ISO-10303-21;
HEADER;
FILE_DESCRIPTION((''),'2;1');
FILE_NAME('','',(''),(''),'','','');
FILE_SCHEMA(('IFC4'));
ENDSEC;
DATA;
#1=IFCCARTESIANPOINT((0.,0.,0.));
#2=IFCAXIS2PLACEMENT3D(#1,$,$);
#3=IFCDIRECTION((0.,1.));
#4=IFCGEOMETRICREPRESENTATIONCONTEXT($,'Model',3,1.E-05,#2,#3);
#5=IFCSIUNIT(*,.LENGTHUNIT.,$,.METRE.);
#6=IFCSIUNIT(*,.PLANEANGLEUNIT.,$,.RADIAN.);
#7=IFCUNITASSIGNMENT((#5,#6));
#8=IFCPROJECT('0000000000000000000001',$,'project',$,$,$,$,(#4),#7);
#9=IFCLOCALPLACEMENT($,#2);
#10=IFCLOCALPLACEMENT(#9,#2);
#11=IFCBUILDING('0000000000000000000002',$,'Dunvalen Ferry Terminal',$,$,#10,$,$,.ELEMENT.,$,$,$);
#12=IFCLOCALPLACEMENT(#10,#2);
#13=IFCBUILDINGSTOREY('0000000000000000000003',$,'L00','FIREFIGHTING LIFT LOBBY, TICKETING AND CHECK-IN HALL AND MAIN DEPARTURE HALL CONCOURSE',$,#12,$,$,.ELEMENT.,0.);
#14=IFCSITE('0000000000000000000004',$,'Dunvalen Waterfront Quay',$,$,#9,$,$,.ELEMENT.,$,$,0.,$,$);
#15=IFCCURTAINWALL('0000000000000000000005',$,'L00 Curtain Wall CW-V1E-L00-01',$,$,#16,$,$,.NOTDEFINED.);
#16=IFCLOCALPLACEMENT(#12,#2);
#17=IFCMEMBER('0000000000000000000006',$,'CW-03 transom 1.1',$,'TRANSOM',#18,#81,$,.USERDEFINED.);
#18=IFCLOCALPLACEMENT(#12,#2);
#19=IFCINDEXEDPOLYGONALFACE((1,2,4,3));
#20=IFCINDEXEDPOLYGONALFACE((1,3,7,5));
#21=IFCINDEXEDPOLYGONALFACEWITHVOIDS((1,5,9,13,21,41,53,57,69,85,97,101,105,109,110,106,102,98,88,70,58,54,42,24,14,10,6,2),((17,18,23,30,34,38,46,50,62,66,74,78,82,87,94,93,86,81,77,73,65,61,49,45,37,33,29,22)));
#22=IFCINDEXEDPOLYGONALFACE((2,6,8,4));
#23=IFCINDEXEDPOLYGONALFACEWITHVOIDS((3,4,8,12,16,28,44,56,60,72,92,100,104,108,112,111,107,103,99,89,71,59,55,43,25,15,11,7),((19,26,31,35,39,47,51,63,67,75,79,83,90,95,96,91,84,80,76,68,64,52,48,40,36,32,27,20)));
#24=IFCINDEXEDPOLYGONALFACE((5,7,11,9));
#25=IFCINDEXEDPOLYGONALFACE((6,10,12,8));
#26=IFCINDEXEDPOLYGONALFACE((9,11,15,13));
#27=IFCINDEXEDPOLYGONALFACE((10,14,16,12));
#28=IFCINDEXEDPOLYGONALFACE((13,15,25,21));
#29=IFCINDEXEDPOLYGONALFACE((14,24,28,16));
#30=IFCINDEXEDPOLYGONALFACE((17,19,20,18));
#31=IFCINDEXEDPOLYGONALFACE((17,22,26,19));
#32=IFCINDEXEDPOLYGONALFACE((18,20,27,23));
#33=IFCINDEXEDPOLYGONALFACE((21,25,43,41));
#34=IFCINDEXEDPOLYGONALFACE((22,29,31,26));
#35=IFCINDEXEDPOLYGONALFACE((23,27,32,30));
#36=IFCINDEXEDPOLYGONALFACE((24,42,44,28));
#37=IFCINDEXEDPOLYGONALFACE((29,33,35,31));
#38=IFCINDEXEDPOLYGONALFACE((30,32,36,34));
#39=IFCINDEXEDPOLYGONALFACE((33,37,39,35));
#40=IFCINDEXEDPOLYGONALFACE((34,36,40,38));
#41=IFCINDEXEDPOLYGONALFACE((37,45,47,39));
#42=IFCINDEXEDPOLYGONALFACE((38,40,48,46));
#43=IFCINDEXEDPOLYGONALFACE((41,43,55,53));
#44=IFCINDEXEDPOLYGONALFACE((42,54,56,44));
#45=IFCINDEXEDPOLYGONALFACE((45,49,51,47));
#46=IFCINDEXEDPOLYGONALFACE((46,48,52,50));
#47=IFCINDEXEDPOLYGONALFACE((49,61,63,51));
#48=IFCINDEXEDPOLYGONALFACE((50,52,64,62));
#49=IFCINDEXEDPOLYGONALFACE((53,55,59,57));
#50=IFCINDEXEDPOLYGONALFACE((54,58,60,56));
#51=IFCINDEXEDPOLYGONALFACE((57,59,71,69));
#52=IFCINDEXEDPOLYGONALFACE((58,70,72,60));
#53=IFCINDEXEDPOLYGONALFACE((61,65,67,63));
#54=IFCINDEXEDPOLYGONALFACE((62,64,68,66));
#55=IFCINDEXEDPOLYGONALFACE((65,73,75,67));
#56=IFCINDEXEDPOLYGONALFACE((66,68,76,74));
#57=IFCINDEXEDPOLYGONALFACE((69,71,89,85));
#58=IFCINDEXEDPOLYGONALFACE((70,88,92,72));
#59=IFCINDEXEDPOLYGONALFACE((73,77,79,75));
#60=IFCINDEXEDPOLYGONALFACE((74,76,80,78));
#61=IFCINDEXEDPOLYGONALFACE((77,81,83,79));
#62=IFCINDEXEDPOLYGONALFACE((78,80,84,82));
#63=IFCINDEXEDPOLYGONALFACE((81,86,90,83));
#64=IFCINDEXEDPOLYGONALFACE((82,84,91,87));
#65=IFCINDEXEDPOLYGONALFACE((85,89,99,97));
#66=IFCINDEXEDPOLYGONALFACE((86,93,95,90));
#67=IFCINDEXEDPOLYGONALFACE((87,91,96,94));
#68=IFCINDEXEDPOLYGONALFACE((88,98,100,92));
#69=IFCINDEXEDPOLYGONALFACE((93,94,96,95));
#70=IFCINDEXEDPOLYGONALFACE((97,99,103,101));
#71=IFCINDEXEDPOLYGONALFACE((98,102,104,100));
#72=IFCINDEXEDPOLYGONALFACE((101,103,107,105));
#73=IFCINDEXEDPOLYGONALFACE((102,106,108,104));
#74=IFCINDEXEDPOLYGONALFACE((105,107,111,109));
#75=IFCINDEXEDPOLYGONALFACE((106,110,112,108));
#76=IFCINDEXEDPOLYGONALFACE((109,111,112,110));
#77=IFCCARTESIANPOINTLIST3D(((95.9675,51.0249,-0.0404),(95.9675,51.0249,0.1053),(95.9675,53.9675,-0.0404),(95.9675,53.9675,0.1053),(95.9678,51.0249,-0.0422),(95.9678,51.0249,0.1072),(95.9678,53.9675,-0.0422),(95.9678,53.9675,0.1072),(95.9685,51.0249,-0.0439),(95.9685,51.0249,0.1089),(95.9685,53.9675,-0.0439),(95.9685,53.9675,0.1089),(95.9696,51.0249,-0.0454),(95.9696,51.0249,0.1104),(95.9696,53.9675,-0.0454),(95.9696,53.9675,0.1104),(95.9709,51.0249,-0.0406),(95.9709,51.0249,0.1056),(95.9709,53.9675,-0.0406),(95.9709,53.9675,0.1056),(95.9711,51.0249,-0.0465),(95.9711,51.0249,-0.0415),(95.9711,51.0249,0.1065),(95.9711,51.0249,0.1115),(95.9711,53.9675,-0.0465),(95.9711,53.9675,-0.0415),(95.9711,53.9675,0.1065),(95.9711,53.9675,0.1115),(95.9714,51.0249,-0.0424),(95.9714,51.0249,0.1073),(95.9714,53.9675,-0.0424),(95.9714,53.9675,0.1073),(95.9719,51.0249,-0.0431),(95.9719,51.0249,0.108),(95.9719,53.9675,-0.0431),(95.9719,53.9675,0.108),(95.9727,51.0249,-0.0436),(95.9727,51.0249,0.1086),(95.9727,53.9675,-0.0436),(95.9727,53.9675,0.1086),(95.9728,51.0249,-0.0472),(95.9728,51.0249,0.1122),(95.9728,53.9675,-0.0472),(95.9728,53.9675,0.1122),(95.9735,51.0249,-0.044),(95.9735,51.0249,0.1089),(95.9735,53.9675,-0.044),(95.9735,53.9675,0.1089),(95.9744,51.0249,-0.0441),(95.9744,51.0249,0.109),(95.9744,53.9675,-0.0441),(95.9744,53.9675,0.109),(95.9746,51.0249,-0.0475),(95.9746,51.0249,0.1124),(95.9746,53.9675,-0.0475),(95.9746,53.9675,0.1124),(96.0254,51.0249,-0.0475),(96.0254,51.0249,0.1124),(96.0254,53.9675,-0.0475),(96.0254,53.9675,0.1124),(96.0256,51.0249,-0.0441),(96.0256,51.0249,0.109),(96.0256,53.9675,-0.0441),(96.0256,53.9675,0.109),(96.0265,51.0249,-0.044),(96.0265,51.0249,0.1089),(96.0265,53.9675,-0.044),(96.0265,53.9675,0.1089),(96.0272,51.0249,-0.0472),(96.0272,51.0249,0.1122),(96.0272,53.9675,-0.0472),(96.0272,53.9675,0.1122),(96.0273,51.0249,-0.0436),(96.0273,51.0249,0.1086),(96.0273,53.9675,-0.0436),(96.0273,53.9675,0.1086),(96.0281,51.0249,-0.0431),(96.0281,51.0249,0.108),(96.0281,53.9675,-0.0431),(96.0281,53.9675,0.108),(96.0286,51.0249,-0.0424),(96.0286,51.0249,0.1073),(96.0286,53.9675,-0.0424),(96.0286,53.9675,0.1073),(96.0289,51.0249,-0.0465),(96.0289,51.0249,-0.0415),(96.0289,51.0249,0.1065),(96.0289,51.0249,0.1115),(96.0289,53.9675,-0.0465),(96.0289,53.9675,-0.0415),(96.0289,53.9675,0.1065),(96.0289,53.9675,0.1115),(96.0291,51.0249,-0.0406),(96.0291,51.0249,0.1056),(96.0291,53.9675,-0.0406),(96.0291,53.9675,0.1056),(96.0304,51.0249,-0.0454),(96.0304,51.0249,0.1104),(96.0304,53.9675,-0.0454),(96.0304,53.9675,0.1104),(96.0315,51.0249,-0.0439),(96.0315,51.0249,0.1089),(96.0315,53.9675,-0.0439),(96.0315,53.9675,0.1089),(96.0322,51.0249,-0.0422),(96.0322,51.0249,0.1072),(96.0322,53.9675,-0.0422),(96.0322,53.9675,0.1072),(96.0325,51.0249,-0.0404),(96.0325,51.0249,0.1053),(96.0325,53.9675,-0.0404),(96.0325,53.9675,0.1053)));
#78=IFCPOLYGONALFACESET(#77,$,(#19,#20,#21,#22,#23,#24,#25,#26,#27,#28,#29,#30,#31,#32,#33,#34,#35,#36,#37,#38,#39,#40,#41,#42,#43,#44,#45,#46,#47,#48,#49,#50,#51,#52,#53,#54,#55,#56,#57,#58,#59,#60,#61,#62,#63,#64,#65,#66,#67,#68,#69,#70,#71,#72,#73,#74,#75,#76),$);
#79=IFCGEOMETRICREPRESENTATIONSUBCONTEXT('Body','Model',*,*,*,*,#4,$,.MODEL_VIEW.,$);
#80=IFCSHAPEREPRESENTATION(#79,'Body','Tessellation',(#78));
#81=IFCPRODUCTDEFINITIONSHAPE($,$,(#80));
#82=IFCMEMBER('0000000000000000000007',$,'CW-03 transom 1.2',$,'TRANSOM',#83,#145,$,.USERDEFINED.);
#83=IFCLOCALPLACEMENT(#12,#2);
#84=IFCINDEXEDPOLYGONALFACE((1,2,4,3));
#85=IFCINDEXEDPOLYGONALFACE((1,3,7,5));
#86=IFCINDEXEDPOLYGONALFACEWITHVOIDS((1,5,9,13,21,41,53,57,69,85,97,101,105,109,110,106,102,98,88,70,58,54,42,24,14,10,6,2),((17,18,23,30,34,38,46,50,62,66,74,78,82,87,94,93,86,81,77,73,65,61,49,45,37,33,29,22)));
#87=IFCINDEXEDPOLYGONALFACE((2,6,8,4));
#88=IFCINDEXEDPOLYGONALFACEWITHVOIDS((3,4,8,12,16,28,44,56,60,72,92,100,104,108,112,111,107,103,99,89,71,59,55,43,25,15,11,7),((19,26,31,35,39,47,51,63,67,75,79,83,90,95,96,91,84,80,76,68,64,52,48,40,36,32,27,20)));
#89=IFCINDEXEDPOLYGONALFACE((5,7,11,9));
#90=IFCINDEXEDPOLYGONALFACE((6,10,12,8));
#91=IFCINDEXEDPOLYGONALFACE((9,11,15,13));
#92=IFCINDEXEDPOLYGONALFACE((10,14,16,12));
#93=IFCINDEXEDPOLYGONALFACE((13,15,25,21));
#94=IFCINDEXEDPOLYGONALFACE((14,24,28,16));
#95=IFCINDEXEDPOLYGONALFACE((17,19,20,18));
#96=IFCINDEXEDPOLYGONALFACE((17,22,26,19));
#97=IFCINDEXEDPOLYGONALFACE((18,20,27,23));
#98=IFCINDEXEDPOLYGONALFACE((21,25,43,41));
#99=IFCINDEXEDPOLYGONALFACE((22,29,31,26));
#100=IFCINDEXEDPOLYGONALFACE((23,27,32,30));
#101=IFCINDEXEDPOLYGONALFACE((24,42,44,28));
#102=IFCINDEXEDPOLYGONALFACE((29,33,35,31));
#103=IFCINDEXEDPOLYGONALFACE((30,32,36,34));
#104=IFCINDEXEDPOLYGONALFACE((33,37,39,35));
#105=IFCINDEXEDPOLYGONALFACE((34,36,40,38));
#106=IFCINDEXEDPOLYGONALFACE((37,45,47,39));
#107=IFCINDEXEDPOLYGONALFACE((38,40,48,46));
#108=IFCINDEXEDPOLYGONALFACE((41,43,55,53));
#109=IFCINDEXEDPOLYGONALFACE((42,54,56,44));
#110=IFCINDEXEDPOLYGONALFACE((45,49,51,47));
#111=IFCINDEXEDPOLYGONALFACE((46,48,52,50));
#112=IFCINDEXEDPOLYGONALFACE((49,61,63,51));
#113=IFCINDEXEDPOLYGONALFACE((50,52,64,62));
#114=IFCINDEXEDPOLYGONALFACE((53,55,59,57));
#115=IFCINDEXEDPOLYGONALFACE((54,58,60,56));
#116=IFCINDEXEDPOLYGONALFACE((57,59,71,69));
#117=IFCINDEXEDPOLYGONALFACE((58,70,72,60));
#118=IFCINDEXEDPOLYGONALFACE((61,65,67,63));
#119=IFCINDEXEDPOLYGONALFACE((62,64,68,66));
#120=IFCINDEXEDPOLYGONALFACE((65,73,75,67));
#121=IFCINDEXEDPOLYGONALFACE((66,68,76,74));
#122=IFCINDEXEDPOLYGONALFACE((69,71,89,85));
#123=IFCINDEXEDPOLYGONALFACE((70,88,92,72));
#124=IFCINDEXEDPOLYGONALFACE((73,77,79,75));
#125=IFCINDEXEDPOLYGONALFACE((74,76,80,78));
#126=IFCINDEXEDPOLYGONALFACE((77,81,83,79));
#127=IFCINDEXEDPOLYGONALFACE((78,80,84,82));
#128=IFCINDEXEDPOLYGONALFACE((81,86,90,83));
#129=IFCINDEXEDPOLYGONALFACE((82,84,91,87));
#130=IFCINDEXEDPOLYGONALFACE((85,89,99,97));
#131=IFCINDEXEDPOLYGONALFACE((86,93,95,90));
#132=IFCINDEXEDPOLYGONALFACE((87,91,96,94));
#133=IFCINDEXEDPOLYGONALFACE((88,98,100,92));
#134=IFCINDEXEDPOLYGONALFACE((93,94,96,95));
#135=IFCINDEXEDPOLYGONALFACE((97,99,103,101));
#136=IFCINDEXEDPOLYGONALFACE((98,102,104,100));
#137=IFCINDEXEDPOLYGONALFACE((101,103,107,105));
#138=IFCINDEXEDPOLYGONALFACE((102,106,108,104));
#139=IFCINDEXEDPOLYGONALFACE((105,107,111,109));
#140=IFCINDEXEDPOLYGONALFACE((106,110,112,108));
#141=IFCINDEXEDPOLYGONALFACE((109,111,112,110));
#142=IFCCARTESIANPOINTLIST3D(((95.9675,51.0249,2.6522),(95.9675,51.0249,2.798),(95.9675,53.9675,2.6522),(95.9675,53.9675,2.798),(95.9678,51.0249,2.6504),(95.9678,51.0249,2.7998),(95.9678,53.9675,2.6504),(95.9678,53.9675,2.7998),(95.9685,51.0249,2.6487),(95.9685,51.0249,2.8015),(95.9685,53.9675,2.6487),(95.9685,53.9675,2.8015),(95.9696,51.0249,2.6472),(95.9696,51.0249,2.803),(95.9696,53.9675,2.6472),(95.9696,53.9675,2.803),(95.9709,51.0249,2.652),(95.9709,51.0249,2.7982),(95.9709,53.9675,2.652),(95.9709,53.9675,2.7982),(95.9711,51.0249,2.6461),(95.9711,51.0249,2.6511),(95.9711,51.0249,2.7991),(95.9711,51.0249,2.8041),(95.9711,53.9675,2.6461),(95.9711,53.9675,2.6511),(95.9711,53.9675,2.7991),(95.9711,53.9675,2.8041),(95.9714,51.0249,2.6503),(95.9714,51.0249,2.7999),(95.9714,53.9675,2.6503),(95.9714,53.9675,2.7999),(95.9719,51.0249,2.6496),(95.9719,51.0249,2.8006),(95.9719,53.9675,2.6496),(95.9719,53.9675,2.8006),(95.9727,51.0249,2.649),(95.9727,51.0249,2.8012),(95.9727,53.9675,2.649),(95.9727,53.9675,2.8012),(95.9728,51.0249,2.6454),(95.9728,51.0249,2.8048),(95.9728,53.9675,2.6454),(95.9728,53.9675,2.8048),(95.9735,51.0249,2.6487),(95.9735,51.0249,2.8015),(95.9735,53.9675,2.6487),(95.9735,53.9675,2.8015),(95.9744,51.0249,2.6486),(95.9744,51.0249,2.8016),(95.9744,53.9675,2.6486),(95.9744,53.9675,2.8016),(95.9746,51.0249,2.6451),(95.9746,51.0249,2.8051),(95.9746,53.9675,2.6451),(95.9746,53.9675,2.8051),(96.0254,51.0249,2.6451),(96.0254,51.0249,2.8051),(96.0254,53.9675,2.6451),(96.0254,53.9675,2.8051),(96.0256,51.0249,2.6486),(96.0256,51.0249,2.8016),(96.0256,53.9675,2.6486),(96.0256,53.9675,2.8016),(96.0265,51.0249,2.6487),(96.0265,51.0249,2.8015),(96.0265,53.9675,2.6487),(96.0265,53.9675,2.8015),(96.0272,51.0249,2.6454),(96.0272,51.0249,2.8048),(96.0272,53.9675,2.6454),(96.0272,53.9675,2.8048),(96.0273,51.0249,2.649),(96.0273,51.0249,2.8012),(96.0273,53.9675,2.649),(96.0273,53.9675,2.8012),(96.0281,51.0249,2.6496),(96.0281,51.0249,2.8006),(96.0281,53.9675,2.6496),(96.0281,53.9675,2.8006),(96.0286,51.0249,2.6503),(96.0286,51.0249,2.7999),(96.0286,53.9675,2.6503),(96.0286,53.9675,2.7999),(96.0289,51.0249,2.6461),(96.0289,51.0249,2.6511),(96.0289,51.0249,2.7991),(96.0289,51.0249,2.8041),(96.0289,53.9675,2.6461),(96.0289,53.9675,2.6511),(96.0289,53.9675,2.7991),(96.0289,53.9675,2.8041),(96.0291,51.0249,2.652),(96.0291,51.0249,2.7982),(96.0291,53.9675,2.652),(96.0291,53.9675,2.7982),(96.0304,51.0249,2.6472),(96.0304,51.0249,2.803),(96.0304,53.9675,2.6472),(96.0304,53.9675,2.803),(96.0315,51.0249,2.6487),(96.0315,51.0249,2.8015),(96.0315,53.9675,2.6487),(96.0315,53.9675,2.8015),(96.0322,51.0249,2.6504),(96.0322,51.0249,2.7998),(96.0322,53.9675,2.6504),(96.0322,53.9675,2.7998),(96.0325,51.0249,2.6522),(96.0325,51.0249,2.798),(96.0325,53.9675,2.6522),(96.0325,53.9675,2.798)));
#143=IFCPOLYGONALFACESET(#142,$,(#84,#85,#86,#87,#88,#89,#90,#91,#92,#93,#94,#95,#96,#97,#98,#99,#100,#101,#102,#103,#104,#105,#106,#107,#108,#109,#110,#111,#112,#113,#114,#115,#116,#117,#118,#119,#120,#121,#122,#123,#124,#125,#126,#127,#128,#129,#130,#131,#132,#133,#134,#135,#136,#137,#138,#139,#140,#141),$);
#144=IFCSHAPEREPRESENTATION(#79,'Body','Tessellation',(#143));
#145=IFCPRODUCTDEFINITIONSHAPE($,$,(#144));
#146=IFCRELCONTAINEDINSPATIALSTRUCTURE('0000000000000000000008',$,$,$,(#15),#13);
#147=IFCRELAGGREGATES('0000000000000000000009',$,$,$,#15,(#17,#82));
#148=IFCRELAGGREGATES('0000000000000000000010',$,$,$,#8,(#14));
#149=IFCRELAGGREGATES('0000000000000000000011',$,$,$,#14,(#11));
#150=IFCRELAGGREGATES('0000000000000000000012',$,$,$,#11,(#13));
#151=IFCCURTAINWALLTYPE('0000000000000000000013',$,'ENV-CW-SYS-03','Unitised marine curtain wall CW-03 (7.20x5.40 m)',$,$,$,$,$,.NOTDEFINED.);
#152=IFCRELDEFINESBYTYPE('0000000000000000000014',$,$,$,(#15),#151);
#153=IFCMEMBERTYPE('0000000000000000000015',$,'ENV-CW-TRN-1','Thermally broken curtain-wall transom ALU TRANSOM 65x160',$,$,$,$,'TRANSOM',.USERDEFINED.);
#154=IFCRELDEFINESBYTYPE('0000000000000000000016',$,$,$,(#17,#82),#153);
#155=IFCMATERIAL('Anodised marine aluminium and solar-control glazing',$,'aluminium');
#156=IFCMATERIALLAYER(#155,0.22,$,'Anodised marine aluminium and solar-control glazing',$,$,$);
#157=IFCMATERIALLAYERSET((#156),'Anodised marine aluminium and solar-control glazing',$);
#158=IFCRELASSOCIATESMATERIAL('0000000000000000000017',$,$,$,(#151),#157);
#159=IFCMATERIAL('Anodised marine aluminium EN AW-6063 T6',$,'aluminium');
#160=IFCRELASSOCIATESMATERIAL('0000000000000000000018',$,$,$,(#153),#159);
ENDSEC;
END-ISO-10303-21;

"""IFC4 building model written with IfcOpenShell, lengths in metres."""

from ifc_helpers import new_model, si_unit, direction, frame, origin, origin_2d, place, context, subcontext, project, spatial, hollow_rectangle, extrude, material, layer, layer_set, material_profile, profile_set, type_object, element, aggregate, save


model = new_model("IFC4")

# Units and contexts
model_context = context("Model", 3, precision=1e-05, world=origin(), true_north=direction((0.0, 1.0)))
body_context = subcontext(model_context, "Body", "Model", "MODEL_VIEW")
ifc_project = project(units=[si_unit("LENGTHUNIT", "METRE"), si_unit("PLANEANGLEUNIT", "RADIAN")], contexts=[model_context])

# Site, building, storey
site_placement = place(None, origin())
site = spatial("IfcSite", under=ifc_project, at=site_placement, Name="Dunvalen Waterfront Quay", CompositionType="ELEMENT", RefElevation=0.0)
building_placement = place(site_placement, origin())
building = spatial("IfcBuilding", under=site, at=building_placement, Name="Dunvalen Ferry Terminal", CompositionType="ELEMENT")
storey_placement = place(building_placement, origin())
storey = spatial("IfcBuildingStorey", under=building, at=storey_placement, Name="L00", Description="FIREFIGHTING LIFT LOBBY, TICKETING AND CHECK-IN HALL AND MAIN DEPARTURE HALL CONCOURSE", CompositionType="ELEMENT", Elevation=0.0)

# Shared definitions
ifc_material_1 = material(Name="Anodised marine aluminium and solar-control glazing", Category="aluminium")
ifc_material_2 = material(Name="Anodised marine aluminium EN AW-6063 T6", Category="aluminium")

# Curtain wall
ifc_layer_1 = layer(ifc_material_1, 0.22, Name="Anodised marine aluminium and solar-control glazing")
ifc_layer_set_1 = layer_set([ifc_layer_1], Name="Anodised marine aluminium and solar-control glazing")
curtain_wall_type_1 = type_object("IfcCurtainWallType", Name="ENV-CW-SYS-03", Description="Unitised marine curtain wall CW-03 (7.20x5.40 m)", PredefinedType="NOTDEFINED", material=ifc_layer_set_1)
curtain_wall_1_placement = place(storey_placement, origin())
curtain_wall_1 = element("IfcCurtainWall", 1, at=curtain_wall_1_placement, inside=storey, type_object=curtain_wall_type_1, Name="L00 Curtain Wall CW-V1E-L00-01", PredefinedType="NOTDEFINED")

# Members
ifc_material_profile_1 = material_profile(ifc_material_2, hollow_rectangle(XDim=0.0649, YDim=0.1599, WallThickness=0.0034, InnerFilletRadius=0.0034, OuterFilletRadius=0.0071, at=origin_2d()), Name="Anodised marine aluminium EN AW-6063 T6")
ifc_profile_set_1 = profile_set([ifc_material_profile_1], Name="Anodised marine aluminium EN AW-6063 T6")
member_type_1 = type_object("IfcMemberType", Name="ENV-CW-TRN-1", Description="Thermally broken curtain-wall transom ALU TRANSOM 65x160", ElementType="TRANSOM", PredefinedType="USERDEFINED", material=ifc_profile_set_1)
member_1_placement = place(storey_placement, frame((96.0, 51.0249, 0.0325), z_axis=(0.0, 1.0, 0.0), x_axis=(-1.0, 0.0, 0.0)))
member_1 = element("IfcMember", 2, at=member_1_placement, type_object=member_type_1, Name="CW-03 transom 1.1", ObjectType="TRANSOM", PredefinedType="USERDEFINED", context=body_context, shape_type="SweptSolid", body=[
    extrude(hollow_rectangle(XDim=0.0649, YDim=0.1599, WallThickness=0.0034, InnerFilletRadius=0.0034, OuterFilletRadius=0.0071, at=origin_2d()), origin(), (0.0, 0.0, 1.0), 2.9426),
])
member_2_placement = place(storey_placement, frame((96.0, 51.0249, 2.7251), z_axis=(0.0, 1.0, 0.0), x_axis=(-1.0, 0.0, 0.0)))
member_2 = element("IfcMember", 3, at=member_2_placement, type_object=member_type_1, Name="CW-03 transom 1.2", ObjectType="TRANSOM", PredefinedType="USERDEFINED", context=body_context, shape_type="SweptSolid", body=[
    extrude(hollow_rectangle(XDim=0.0649, YDim=0.1599, WallThickness=0.0034, InnerFilletRadius=0.0034, OuterFilletRadius=0.0071, at=origin_2d()), origin(), (0.0, 0.0, 1.0), 2.9426),
])

aggregate(curtain_wall_1, [member_1, member_2])

save(model, "model.ifc")
